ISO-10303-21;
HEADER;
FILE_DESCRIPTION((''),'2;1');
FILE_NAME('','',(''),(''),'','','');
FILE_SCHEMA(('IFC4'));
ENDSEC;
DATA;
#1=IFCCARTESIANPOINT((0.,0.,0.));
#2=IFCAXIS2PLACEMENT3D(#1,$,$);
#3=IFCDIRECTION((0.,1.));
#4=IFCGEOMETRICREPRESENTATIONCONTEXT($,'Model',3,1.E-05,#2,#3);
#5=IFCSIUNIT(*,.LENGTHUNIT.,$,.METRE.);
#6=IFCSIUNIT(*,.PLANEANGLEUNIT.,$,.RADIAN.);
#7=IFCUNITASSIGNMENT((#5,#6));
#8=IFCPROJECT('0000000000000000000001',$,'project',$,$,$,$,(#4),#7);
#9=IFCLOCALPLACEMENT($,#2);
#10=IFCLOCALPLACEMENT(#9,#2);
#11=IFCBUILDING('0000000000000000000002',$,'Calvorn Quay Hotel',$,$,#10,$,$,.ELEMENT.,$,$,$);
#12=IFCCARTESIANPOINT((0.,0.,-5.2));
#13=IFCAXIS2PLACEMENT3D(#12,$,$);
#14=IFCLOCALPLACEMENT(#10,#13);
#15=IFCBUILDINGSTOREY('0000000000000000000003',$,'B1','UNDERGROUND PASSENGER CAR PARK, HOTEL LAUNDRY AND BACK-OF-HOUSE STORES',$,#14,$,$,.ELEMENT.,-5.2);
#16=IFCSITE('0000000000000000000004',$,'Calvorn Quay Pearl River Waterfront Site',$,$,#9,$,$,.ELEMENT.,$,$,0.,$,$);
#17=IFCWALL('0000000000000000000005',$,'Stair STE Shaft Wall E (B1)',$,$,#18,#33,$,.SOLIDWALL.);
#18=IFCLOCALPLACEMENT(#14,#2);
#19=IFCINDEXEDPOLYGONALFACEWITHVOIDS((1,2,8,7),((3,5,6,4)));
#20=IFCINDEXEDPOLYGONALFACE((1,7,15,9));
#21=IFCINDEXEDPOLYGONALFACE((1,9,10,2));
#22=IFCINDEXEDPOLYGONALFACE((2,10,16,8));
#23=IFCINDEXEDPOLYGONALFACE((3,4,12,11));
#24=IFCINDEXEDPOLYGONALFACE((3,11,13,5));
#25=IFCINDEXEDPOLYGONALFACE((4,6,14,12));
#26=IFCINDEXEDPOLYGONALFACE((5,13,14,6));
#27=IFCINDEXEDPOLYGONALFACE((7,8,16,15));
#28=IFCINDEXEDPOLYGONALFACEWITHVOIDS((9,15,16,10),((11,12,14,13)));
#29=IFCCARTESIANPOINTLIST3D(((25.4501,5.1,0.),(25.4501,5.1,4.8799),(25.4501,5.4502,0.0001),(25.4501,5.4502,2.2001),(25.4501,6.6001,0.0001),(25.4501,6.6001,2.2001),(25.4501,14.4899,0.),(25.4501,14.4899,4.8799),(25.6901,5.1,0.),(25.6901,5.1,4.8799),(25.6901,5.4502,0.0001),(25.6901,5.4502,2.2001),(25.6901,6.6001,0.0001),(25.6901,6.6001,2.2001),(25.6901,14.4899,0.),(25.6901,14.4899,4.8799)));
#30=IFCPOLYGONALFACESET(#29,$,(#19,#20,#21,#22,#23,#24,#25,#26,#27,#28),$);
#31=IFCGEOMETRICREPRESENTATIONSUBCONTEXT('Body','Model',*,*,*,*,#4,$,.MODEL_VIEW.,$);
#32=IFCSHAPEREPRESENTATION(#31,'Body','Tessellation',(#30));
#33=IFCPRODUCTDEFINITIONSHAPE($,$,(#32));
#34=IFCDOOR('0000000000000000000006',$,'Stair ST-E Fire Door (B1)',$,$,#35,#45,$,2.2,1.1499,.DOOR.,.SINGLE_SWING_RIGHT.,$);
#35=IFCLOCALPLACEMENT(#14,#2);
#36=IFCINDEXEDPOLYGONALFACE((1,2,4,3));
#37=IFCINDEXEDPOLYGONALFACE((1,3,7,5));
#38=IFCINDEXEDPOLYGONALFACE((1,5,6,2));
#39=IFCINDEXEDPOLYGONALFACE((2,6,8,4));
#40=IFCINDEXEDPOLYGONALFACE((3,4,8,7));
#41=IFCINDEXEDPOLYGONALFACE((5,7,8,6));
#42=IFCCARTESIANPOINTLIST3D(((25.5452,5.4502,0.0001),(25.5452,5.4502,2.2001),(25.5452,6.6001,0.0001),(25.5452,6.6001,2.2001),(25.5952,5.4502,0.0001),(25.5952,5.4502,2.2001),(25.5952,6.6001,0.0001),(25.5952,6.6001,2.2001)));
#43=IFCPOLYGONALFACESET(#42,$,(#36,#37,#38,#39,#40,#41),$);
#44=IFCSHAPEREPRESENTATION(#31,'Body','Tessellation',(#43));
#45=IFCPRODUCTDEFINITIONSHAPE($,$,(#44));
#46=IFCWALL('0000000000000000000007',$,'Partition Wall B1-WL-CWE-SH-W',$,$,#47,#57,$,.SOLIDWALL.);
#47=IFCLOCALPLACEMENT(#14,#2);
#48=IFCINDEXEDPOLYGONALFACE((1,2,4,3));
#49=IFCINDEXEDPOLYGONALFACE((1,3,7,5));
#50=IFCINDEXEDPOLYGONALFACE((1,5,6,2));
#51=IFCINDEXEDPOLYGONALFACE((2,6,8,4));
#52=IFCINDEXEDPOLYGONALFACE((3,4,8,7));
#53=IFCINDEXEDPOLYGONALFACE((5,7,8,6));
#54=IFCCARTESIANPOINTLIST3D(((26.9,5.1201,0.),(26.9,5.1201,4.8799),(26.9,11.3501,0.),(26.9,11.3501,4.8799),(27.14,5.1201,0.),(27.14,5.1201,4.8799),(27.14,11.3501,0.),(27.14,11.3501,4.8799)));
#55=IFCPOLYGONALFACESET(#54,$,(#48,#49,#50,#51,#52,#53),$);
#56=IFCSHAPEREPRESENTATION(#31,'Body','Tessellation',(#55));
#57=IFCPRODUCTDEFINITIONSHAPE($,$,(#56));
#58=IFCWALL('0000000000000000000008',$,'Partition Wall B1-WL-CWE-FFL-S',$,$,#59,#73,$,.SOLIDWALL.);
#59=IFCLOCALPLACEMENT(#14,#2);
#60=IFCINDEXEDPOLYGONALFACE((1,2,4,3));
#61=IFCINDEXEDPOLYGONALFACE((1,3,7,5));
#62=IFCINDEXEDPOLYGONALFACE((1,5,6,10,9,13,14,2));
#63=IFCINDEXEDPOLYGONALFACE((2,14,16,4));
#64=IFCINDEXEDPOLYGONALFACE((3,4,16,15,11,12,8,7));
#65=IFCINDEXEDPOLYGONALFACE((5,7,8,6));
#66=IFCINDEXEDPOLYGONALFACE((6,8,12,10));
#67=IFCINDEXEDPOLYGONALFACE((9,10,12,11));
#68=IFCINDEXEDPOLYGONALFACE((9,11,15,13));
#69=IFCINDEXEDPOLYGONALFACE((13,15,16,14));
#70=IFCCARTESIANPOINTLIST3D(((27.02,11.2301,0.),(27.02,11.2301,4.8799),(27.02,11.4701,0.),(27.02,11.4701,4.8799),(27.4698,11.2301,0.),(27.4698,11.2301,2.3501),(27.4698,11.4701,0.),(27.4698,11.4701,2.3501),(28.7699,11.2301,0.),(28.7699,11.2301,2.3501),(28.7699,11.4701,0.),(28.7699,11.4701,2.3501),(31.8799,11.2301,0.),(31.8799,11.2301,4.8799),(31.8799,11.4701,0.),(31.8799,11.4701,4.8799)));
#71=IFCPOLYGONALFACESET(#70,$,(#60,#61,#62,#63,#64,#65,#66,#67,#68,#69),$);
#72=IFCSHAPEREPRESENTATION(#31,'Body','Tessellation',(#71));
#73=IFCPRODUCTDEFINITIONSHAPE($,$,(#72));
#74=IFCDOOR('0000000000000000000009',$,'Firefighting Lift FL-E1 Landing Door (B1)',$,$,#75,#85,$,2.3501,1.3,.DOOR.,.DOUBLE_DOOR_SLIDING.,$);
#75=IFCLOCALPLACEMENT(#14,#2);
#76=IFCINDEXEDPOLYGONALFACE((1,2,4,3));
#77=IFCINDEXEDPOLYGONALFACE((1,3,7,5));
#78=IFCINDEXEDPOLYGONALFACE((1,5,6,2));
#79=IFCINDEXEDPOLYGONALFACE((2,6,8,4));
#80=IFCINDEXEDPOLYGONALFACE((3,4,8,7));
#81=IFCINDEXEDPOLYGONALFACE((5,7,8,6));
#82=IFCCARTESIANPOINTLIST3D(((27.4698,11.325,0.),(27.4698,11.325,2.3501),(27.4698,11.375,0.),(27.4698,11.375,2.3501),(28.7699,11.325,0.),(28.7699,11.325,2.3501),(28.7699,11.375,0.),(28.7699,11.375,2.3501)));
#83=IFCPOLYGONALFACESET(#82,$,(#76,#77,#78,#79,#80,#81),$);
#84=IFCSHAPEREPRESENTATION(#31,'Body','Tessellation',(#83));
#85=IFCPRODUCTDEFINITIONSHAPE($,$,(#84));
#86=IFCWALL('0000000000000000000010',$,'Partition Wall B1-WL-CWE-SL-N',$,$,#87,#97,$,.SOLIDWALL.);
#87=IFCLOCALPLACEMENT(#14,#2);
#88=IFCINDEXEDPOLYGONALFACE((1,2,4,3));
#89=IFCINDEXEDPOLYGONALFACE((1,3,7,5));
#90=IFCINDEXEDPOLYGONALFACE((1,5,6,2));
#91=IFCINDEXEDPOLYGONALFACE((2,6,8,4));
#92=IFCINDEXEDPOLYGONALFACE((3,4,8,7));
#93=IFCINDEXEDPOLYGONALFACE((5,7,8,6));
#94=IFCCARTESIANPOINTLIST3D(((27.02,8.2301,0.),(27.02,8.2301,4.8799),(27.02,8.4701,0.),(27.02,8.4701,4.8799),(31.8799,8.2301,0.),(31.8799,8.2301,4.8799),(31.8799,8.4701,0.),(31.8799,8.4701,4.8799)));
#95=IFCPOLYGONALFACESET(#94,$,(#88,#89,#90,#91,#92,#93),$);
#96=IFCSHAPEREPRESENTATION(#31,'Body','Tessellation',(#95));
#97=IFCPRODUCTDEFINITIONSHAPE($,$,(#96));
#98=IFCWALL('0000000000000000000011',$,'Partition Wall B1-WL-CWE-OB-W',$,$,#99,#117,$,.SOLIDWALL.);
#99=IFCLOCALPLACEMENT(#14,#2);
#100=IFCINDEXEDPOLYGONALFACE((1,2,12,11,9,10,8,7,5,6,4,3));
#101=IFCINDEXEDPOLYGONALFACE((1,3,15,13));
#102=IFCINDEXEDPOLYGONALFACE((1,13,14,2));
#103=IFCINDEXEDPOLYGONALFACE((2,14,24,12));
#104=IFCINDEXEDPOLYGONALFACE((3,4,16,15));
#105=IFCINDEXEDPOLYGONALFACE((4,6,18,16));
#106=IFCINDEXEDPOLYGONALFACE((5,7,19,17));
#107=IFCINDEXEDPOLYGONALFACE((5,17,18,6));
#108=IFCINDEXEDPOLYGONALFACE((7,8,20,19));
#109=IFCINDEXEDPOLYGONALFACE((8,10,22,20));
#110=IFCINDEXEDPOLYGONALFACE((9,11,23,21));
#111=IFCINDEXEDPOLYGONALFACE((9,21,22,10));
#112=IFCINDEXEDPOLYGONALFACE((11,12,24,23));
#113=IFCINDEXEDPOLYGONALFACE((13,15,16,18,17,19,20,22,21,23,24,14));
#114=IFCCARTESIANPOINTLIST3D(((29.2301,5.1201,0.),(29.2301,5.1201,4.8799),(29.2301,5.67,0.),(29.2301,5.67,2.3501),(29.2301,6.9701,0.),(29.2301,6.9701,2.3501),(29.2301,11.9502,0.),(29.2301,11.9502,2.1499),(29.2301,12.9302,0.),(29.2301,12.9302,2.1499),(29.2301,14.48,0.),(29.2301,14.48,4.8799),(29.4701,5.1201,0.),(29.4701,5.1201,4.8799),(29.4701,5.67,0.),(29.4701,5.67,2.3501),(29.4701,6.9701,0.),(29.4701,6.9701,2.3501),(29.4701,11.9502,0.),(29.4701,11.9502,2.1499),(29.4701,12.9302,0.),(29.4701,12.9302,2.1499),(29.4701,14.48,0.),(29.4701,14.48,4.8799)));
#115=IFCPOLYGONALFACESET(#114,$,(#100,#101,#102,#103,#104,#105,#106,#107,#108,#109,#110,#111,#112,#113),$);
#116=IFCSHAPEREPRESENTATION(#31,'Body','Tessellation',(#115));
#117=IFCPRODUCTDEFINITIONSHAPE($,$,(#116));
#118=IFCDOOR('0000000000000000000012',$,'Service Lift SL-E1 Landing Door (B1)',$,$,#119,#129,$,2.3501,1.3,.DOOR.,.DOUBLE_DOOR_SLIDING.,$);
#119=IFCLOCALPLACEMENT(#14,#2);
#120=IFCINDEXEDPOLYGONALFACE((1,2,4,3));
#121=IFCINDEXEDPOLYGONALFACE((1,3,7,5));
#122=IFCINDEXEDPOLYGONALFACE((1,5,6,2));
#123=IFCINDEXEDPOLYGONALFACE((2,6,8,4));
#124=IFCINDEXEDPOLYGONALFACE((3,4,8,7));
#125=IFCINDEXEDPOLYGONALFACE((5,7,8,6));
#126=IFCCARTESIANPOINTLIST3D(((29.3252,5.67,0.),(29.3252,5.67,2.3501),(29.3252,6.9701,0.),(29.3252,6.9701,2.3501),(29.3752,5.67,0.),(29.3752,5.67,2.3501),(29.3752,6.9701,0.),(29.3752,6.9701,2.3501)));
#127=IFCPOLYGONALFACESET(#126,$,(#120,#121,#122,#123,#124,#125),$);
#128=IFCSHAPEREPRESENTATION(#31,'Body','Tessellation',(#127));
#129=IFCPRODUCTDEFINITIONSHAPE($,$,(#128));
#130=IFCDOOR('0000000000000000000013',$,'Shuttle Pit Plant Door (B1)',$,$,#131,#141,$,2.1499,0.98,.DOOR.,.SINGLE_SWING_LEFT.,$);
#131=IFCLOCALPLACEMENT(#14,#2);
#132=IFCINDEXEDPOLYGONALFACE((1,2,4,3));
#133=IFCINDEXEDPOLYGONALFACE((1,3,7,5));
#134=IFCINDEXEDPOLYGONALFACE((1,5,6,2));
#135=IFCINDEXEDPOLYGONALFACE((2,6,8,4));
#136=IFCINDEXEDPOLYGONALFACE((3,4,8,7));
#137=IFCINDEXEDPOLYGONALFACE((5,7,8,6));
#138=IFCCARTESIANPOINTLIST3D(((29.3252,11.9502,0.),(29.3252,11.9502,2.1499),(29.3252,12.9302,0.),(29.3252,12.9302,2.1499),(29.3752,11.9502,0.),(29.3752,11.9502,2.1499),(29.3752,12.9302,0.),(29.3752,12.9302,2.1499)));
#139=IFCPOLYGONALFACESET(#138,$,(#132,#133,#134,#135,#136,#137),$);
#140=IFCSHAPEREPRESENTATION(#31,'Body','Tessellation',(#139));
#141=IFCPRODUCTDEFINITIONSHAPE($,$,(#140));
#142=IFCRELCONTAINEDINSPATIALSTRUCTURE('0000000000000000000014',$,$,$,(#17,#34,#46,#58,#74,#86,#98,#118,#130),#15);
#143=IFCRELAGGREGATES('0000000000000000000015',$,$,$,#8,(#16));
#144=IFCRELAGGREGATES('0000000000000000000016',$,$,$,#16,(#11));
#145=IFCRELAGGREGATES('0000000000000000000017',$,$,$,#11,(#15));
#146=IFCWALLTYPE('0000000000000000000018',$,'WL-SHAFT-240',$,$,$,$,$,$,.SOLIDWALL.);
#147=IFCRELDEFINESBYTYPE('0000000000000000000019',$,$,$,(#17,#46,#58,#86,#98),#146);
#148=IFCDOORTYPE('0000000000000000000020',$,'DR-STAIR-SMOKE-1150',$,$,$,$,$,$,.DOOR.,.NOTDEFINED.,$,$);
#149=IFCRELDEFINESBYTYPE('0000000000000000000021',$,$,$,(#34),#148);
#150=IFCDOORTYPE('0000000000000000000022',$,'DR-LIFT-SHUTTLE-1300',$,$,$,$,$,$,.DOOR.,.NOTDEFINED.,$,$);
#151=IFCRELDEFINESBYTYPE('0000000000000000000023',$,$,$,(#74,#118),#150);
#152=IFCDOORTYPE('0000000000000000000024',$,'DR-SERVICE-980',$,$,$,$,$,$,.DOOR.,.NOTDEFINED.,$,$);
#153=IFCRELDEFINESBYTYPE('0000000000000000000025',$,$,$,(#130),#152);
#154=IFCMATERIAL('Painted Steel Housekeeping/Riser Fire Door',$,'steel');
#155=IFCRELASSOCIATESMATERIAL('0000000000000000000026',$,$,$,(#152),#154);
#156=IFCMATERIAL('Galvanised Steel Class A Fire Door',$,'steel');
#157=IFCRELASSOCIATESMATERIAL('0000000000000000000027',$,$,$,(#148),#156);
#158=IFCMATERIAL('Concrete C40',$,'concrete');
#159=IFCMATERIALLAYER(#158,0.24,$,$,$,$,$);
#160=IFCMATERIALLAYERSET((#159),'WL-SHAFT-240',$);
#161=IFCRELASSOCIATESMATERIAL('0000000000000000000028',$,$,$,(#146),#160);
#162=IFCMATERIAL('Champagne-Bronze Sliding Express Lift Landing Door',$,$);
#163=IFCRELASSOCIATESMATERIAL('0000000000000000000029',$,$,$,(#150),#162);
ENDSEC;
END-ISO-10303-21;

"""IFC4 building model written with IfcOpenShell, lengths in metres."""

from ifc_helpers import new_model, si_unit, direction, frame, frame_2d, origin, place, context, subcontext, project, spatial, rectangle, extrude, material, layer, layer_set, type_object, element, fill, save


model = new_model("IFC4")

# Units and contexts
model_context = context("Model", 3, precision=1e-05, world=origin(), true_north=direction((0.0, 1.0)))
body_context = subcontext(model_context, "Body", "Model", "MODEL_VIEW")
ifc_project = project(units=[si_unit("LENGTHUNIT", "METRE"), si_unit("PLANEANGLEUNIT", "RADIAN")], contexts=[model_context])

# Site, building, storey
site_placement = place(None, origin())
site = spatial("IfcSite", under=ifc_project, at=site_placement, Name="Calvorn Quay Pearl River Waterfront Site", CompositionType="ELEMENT", RefElevation=0.0)
building_placement = place(site_placement, origin())
building = spatial("IfcBuilding", under=site, at=building_placement, Name="Calvorn Quay Hotel", CompositionType="ELEMENT")
storey_placement = place(building_placement, frame((0.0, 0.0, -5.2)))
storey = spatial("IfcBuildingStorey", under=building, at=storey_placement, Name="B1", Description="UNDERGROUND PASSENGER CAR PARK, HOTEL LAUNDRY AND BACK-OF-HOUSE STORES", CompositionType="ELEMENT", Elevation=-5.2)

# Shared definitions
ifc_material_1 = material(Name="Painted Steel Housekeeping/Riser Fire Door", Category="steel")
door_type_1 = type_object("IfcDoorType", Name="DR-SERVICE-980", OperationType="NOTDEFINED", PredefinedType="DOOR", material=ifc_material_1)
ifc_material_2 = material(Name="Galvanised Steel Class A Fire Door", Category="steel")
door_type_2 = type_object("IfcDoorType", Name="DR-STAIR-SMOKE-1150", OperationType="NOTDEFINED", PredefinedType="DOOR", material=ifc_material_2)

# Wall, opening, door
ifc_material_3 = material(Name="Concrete C40", Category="concrete")
ifc_layer_1 = layer(ifc_material_3, 0.24)
ifc_layer_set_1 = layer_set([ifc_layer_1], Name="WL-SHAFT-240")
wall_type_1 = type_object("IfcWallType", Name="WL-SHAFT-240", PredefinedType="SOLIDWALL", material=ifc_layer_set_1)
wall_1_placement = place(storey_placement, frame((25.5701, 5.1001, 0.0), z_axis=(0.0, 0.0, 1.0), x_axis=(0.0, 1.0, 0.0)))
wall_1 = element("IfcWall", 1, at=wall_1_placement, inside=storey, type_object=wall_type_1, Name="Stair STE Shaft Wall E (B1)", PredefinedType="SOLIDWALL", context=body_context, shape_type="SweptSolid", body=[
    extrude(rectangle(XDim=9.3899, YDim=0.24, at=frame_2d((4.6948, 0.0))), origin(), (0.0, 0.0, 1.0), 4.8799),
])
opening_1_placement = place(wall_1_placement, frame((0.3501, 0.0, 0.0)))
opening_1 = element("IfcOpeningElement", 2, at=opening_1_placement, cuts=wall_1, PredefinedType="OPENING", context=body_context, shape_type="SweptSolid", body=[
    extrude(rectangle(XDim=1.1499, YDim=2.2, at=frame_2d((0.575, 1.1001))), frame((0.0, 0.1299, 0.0), z_axis=(0.0, -1.0, 0.0), x_axis=(1.0, 0.0, 0.0)), (0.0, 0.0, 1.0), 0.26),
])
door_1_placement = place(opening_1_placement, origin())
door_1 = element("IfcDoor", 3, at=door_1_placement, inside=storey, type_object=door_type_2, Name="Stair ST-E Fire Door (B1)", OperationType="SINGLE_SWING_RIGHT", OverallHeight=2.2, OverallWidth=1.1499, PredefinedType="DOOR", context=body_context, shape_type="SweptSolid", body=[
    extrude(rectangle(XDim=1.1499, YDim=2.2, at=frame_2d((0.575, 1.1001))), frame((0.0, 0.0249, 0.0), z_axis=(0.0, -1.0, 0.0), x_axis=(1.0, 0.0, 0.0)), (0.0, 0.0, 1.0), 0.05),
])
fill(opening_1, door_1)

# Wall
wall_2_placement = place(storey_placement, frame((27.02, 5.1201, 0.0), z_axis=(0.0, 0.0, 1.0), x_axis=(0.0, 1.0, 0.0)))
element("IfcWall", 4, at=wall_2_placement, inside=storey, type_object=wall_type_1, Name="Partition Wall B1-WL-CWE-SH-W", PredefinedType="SOLIDWALL", context=body_context, shape_type="SweptSolid", body=[
    extrude(rectangle(XDim=6.23, YDim=0.24, at=frame_2d((3.115, 0.0))), origin(), (0.0, 0.0, 1.0), 4.8799),
])

# Wall, opening, door
wall_3_placement = place(storey_placement, frame((27.02, 11.3501, 0.0), z_axis=(0.0, 0.0, 1.0), x_axis=(1.0, 0.0, 0.0)))
wall_3 = element("IfcWall", 5, at=wall_3_placement, inside=storey, type_object=wall_type_1, Name="Partition Wall B1-WL-CWE-FFL-S", PredefinedType="SOLIDWALL", context=body_context, shape_type="SweptSolid", body=[
    extrude(rectangle(XDim=4.8599, YDim=0.24, at=frame_2d((2.4299, 0.0))), origin(), (0.0, 0.0, 1.0), 4.8799),
])
opening_2_placement = place(wall_3_placement, frame((0.45, 0.0, 0.0)))
opening_2 = element("IfcOpeningElement", 6, at=opening_2_placement, cuts=wall_3, PredefinedType="OPENING", context=body_context, shape_type="SweptSolid", body=[
    extrude(rectangle(XDim=1.3, YDim=2.3501, at=frame_2d((0.6499, 1.175))), frame((0.0, 0.1299, 0.0), z_axis=(0.0, -1.0, 0.0), x_axis=(1.0, 0.0, 0.0)), (0.0, 0.0, 1.0), 0.26),
])
ifc_material_4 = material(Name="Champagne-Bronze Sliding Express Lift Landing Door")
door_type_3 = type_object("IfcDoorType", Name="DR-LIFT-SHUTTLE-1300", OperationType="NOTDEFINED", PredefinedType="DOOR", material=ifc_material_4)
door_2_placement = place(opening_2_placement, origin())
door_2 = element("IfcDoor", 7, at=door_2_placement, inside=storey, type_object=door_type_3, Name="Firefighting Lift FL-E1 Landing Door (B1)", OperationType="DOUBLE_DOOR_SLIDING", OverallHeight=2.3501, OverallWidth=1.3, PredefinedType="DOOR", context=body_context, shape_type="SweptSolid", body=[
    extrude(rectangle(XDim=1.3, YDim=2.3501, at=frame_2d((0.6499, 1.175))), frame((0.0, 0.0249, 0.0), z_axis=(0.0, -1.0, 0.0), x_axis=(1.0, 0.0, 0.0)), (0.0, 0.0, 1.0), 0.05),
])
fill(opening_2, door_2)

# Wall
wall_4_placement = place(storey_placement, frame((27.02, 8.3501, 0.0), z_axis=(0.0, 0.0, 1.0), x_axis=(1.0, 0.0, 0.0)))
element("IfcWall", 8, at=wall_4_placement, inside=storey, type_object=wall_type_1, Name="Partition Wall B1-WL-CWE-SL-N", PredefinedType="SOLIDWALL", context=body_context, shape_type="SweptSolid", body=[
    extrude(rectangle(XDim=4.8599, YDim=0.24, at=frame_2d((2.4299, 0.0))), origin(), (0.0, 0.0, 1.0), 4.8799),
])

# Wall, openings, doors
wall_5_placement = place(storey_placement, frame((29.3501, 5.1201, 0.0), z_axis=(0.0, 0.0, 1.0), x_axis=(0.0, 1.0, 0.0)))
wall_5 = element("IfcWall", 9, at=wall_5_placement, inside=storey, type_object=wall_type_1, Name="Partition Wall B1-WL-CWE-OB-W", PredefinedType="SOLIDWALL", context=body_context, shape_type="SweptSolid", body=[
    extrude(rectangle(XDim=9.3599, YDim=0.24, at=frame_2d((4.6799, 0.0))), origin(), (0.0, 0.0, 1.0), 4.8799),
])
opening_3_placement = place(wall_5_placement, frame((0.55, 0.0, 0.0)))
opening_3 = element("IfcOpeningElement", 10, at=opening_3_placement, cuts=wall_5, PredefinedType="OPENING", context=body_context, shape_type="SweptSolid", body=[
    extrude(rectangle(XDim=1.3, YDim=2.3501, at=frame_2d((0.6499, 1.175))), frame((0.0, 0.1299, 0.0), z_axis=(0.0, -1.0, 0.0), x_axis=(1.0, 0.0, 0.0)), (0.0, 0.0, 1.0), 0.26),
])
opening_4_placement = place(wall_5_placement, frame((6.8301, 0.0, 0.0)))
opening_4 = element("IfcOpeningElement", 11, at=opening_4_placement, cuts=wall_5, PredefinedType="OPENING", context=body_context, shape_type="SweptSolid", body=[
    extrude(rectangle(XDim=0.98, YDim=2.1499, at=frame_2d((0.49, 1.075))), frame((0.0, 0.1299, 0.0), z_axis=(0.0, -1.0, 0.0), x_axis=(1.0, 0.0, 0.0)), (0.0, 0.0, 1.0), 0.26),
])
door_3_placement = place(opening_3_placement, origin())
door_3 = element("IfcDoor", 12, at=door_3_placement, inside=storey, type_object=door_type_3, Name="Service Lift SL-E1 Landing Door (B1)", OperationType="DOUBLE_DOOR_SLIDING", OverallHeight=2.3501, OverallWidth=1.3, PredefinedType="DOOR", context=body_context, shape_type="SweptSolid", body=[
    extrude(rectangle(XDim=1.3, YDim=2.3501, at=frame_2d((0.6499, 1.175))), frame((0.0, 0.0249, 0.0), z_axis=(0.0, -1.0, 0.0), x_axis=(1.0, 0.0, 0.0)), (0.0, 0.0, 1.0), 0.05),
])
fill(opening_3, door_3)
door_4_placement = place(opening_4_placement, origin())
door_4 = element("IfcDoor", 13, at=door_4_placement, inside=storey, type_object=door_type_1, Name="Shuttle Pit Plant Door (B1)", OperationType="SINGLE_SWING_LEFT", OverallHeight=2.1499, OverallWidth=0.98, PredefinedType="DOOR", context=body_context, shape_type="SweptSolid", body=[
    extrude(rectangle(XDim=0.98, YDim=2.1499, at=frame_2d((0.49, 1.075))), frame((0.0, 0.0249, 0.0), z_axis=(0.0, -1.0, 0.0), x_axis=(1.0, 0.0, 0.0)), (0.0, 0.0, 1.0), 0.05),
])
fill(opening_4, door_4)

save(model, "model.ifc")
